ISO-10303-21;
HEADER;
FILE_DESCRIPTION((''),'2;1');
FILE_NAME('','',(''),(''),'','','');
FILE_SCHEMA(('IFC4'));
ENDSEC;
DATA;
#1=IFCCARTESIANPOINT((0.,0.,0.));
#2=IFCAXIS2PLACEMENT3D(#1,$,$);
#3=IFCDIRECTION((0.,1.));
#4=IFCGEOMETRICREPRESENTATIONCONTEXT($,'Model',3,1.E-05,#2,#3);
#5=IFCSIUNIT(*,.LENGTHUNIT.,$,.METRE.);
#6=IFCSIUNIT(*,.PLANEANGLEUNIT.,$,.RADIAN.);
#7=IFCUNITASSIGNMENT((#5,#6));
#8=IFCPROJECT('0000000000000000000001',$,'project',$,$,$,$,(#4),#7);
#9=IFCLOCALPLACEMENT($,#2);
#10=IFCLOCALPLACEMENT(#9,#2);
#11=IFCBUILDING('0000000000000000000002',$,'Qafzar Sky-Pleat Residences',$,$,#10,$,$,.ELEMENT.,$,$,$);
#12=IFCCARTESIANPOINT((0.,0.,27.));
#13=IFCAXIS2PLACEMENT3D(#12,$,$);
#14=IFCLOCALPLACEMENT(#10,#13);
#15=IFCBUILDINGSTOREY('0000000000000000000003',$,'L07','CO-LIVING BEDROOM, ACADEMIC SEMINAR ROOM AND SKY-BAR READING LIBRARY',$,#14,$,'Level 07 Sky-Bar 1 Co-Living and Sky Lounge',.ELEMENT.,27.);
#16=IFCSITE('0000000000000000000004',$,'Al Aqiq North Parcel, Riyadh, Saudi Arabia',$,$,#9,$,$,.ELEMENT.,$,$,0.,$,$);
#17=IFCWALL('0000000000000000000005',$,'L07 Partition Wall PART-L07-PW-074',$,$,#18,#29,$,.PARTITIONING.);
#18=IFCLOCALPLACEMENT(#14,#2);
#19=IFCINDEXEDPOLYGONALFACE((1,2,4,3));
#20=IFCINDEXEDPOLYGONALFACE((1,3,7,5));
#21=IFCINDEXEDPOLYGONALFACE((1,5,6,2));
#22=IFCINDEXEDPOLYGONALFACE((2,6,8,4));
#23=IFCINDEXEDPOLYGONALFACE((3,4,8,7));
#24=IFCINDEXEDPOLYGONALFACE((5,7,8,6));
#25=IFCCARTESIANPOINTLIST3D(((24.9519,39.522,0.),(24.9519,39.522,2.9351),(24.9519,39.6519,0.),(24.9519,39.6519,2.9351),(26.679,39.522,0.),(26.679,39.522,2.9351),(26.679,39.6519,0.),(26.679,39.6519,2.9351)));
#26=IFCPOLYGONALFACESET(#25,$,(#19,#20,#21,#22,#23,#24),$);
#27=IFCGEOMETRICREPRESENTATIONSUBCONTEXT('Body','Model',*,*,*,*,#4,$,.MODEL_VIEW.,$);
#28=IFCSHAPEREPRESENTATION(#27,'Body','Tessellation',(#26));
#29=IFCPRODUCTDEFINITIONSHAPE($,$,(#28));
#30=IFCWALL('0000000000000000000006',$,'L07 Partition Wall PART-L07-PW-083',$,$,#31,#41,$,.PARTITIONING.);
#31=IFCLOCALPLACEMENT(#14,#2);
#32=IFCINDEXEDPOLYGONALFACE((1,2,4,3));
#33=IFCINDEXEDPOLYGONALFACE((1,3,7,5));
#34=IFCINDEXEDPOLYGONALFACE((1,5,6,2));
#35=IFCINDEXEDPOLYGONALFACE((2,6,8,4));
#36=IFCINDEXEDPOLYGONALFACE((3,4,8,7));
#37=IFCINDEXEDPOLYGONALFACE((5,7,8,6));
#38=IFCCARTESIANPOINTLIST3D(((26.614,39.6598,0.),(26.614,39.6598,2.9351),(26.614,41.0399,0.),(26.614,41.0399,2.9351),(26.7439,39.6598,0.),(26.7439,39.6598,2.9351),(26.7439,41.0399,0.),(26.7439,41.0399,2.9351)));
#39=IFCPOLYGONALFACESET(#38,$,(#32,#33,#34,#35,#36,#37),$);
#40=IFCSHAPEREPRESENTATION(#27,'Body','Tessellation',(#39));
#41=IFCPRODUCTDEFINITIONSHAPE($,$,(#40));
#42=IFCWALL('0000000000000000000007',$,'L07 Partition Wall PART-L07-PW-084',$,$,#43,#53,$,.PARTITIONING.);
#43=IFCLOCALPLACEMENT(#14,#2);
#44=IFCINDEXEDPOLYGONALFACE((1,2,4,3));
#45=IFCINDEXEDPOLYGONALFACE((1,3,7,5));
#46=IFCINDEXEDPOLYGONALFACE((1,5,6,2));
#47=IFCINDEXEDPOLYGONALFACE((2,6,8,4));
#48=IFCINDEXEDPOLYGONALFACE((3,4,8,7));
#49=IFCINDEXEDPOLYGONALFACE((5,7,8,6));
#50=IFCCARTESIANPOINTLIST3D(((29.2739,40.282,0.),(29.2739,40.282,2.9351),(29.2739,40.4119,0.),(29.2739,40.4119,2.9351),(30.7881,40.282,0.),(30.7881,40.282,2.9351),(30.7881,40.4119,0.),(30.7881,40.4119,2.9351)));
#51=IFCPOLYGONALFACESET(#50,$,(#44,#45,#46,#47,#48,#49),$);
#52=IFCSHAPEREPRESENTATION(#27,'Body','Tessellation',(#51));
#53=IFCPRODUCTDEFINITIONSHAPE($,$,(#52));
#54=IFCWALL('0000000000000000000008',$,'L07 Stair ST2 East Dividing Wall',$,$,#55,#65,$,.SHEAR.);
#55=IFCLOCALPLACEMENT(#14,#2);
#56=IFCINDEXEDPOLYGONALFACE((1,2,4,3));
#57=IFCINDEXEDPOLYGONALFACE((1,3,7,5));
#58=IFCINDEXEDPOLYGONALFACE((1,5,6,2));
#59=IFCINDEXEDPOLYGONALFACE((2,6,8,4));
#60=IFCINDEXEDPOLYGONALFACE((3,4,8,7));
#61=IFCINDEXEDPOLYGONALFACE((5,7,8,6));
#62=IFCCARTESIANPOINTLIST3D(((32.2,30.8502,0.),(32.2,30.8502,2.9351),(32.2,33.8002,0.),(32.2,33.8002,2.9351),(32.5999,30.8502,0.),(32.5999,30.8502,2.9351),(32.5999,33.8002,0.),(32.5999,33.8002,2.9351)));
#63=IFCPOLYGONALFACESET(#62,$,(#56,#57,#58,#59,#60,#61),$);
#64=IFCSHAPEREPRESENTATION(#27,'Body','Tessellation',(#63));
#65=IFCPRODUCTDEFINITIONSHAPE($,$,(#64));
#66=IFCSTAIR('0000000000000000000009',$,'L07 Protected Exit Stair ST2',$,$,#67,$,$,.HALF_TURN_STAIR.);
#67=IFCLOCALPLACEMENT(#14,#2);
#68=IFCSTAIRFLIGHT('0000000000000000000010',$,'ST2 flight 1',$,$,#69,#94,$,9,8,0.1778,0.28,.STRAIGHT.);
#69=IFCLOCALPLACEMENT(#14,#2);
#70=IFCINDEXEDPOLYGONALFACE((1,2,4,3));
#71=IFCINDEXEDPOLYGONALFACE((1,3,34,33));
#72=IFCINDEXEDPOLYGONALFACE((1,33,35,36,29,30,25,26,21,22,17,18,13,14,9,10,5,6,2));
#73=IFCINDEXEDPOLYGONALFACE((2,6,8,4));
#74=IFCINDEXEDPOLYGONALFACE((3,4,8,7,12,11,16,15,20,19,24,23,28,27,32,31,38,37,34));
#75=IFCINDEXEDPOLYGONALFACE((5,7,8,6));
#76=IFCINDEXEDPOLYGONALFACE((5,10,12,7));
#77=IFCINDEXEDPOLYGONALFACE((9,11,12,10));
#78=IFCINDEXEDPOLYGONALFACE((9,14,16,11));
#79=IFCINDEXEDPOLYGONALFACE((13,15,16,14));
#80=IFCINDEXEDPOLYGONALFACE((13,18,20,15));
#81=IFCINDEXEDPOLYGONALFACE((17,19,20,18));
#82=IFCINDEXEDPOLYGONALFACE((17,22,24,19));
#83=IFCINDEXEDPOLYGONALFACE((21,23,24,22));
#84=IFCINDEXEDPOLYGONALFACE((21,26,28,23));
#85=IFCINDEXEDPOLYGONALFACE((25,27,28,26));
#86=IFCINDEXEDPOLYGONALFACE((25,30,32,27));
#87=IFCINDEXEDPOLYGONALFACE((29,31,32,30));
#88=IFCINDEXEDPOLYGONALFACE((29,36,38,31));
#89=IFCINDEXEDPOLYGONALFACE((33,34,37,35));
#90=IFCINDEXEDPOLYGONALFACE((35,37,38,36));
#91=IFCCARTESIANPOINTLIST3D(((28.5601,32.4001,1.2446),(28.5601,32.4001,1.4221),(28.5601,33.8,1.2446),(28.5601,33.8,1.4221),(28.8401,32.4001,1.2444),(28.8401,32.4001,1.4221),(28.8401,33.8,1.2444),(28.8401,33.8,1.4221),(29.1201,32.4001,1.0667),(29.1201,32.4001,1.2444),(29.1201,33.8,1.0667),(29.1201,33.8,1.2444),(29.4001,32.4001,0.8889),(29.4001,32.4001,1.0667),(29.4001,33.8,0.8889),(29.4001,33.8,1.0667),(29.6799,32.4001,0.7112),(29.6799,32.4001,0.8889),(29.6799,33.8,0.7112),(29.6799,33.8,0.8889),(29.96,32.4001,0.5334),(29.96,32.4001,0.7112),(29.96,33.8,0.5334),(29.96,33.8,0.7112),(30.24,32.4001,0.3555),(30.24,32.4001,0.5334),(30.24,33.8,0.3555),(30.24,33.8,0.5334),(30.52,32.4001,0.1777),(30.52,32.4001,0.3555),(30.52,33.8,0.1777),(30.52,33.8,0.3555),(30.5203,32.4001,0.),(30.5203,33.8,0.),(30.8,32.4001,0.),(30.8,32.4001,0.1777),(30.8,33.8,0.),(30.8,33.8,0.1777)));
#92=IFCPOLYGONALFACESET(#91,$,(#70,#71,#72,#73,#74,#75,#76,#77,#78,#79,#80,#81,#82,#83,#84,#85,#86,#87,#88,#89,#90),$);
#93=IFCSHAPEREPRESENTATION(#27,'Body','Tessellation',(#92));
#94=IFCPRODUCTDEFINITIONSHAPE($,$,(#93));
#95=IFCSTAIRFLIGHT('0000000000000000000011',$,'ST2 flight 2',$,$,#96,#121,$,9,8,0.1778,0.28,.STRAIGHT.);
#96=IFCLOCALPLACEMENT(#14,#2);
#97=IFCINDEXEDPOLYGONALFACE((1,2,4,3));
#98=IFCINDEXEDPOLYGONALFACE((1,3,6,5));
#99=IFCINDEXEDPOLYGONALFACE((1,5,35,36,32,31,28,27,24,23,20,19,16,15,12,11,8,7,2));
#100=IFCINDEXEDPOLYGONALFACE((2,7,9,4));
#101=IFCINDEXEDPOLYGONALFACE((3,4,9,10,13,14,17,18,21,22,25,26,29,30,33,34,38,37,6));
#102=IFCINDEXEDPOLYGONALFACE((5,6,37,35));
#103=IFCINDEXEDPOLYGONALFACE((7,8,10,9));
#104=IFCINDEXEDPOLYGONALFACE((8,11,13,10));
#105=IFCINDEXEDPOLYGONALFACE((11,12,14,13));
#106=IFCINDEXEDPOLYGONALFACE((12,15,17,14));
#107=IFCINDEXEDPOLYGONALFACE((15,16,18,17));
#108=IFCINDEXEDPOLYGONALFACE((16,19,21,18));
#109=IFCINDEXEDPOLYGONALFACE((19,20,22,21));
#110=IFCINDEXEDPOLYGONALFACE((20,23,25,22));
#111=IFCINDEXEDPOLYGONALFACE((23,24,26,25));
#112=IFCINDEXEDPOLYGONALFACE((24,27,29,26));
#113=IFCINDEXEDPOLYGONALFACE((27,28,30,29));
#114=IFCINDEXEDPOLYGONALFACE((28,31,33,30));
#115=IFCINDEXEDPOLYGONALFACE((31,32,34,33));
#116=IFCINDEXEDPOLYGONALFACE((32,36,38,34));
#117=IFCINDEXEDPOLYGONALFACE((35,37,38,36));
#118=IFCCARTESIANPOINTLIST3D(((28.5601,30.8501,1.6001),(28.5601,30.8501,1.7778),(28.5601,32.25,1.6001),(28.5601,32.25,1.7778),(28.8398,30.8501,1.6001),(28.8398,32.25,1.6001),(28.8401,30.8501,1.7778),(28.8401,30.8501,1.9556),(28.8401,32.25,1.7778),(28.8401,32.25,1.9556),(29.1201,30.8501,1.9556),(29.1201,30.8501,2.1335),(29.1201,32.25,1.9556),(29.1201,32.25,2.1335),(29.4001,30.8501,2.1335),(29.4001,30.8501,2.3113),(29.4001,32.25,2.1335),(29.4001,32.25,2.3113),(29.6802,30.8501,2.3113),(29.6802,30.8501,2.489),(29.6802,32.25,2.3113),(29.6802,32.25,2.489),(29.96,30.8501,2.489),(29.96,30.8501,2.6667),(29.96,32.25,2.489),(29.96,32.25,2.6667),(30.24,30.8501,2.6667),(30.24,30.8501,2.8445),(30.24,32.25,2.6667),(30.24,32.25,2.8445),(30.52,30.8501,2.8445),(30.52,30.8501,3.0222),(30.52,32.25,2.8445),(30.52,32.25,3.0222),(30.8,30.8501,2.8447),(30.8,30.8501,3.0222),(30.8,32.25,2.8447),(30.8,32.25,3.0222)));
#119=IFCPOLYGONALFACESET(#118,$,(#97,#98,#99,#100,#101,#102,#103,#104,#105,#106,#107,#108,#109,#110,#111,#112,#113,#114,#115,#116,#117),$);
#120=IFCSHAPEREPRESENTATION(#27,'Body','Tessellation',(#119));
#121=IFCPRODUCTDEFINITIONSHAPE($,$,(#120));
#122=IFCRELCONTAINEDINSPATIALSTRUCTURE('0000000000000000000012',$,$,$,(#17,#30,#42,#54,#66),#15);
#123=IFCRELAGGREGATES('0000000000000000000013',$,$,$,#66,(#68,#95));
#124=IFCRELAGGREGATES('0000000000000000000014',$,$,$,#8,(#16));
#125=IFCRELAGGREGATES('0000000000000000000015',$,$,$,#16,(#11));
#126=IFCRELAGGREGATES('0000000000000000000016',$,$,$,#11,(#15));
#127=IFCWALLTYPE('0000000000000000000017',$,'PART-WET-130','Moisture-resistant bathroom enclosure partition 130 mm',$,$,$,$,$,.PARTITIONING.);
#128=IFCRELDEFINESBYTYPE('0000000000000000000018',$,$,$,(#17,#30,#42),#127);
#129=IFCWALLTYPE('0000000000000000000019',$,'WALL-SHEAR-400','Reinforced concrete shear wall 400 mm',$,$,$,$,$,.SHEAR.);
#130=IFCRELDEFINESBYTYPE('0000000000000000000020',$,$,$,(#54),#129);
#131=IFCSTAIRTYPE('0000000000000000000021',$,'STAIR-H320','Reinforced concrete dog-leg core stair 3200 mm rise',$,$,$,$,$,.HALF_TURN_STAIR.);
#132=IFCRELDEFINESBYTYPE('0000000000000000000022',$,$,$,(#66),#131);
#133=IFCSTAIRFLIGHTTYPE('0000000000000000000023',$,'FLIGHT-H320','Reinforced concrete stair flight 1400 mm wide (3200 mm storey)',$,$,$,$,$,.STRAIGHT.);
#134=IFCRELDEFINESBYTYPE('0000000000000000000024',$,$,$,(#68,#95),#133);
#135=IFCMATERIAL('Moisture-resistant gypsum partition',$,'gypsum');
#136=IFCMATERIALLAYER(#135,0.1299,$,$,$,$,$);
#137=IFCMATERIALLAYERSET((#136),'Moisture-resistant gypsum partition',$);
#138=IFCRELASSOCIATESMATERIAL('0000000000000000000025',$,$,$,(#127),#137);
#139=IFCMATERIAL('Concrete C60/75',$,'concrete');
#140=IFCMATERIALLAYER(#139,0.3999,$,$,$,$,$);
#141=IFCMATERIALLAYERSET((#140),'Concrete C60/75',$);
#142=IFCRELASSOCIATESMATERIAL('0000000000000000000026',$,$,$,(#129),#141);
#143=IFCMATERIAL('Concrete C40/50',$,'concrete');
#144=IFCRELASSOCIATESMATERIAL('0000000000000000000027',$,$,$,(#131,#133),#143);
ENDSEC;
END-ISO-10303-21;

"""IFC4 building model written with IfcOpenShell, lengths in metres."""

from ifc_helpers import new_model, si_unit, direction, frame, frame_2d, origin, place, context, subcontext, project, spatial, polyline, rectangle, outline, extrude, source, transform, mapped, material, layer, layer_set, type_object, element, aggregate, save


model = new_model("IFC4")

# Units and contexts
model_context = context("Model", 3, precision=1e-05, world=origin(), true_north=direction((0.0, 1.0)))
body_context = subcontext(model_context, "Body", "Model", "MODEL_VIEW")
ifc_project = project(units=[si_unit("LENGTHUNIT", "METRE"), si_unit("PLANEANGLEUNIT", "RADIAN")], contexts=[model_context])

# Site, building, storey
site_placement = place(None, origin())
site = spatial("IfcSite", under=ifc_project, at=site_placement, Name="Al Aqiq North Parcel, Riyadh, Saudi Arabia", CompositionType="ELEMENT", RefElevation=0.0)
building_placement = place(site_placement, origin())
building = spatial("IfcBuilding", under=site, at=building_placement, Name="Qafzar Sky-Pleat Residences", CompositionType="ELEMENT")
storey_placement = place(building_placement, frame((0.0, 0.0, 27.0)))
storey = spatial("IfcBuildingStorey", under=building, at=storey_placement, Name="L07", Description="CO-LIVING BEDROOM, ACADEMIC SEMINAR ROOM AND SKY-BAR READING LIBRARY", LongName="Level 07 Sky-Bar 1 Co-Living and Sky Lounge", CompositionType="ELEMENT", Elevation=27.0)

# Walls
ifc_material_1 = material(Name="Moisture-resistant gypsum partition", Category="gypsum")
ifc_layer_1 = layer(ifc_material_1, 0.1299)
ifc_layer_set_1 = layer_set([ifc_layer_1], Name="Moisture-resistant gypsum partition")
wall_type_1 = type_object("IfcWallType", Name="PART-WET-130", Description="Moisture-resistant bathroom enclosure partition 130 mm", PredefinedType="PARTITIONING", material=ifc_layer_set_1)
wall_1_placement = place(storey_placement, frame((24.9519, 39.5869, 0.0), z_axis=(0.0, 0.0, 1.0), x_axis=(1.0, 0.0, 0.0)))
element("IfcWall", 1, at=wall_1_placement, inside=storey, type_object=wall_type_1, Name="L07 Partition Wall PART-L07-PW-074", PredefinedType="PARTITIONING", context=body_context, shape_type="SweptSolid", body=[
    extrude(rectangle(XDim=1.7271, YDim=0.1299, at=frame_2d((0.8635, 0.0))), origin(), (0.0, 0.0, 1.0), 2.9351),
])
wall_2_placement = place(storey_placement, frame((26.679, 39.6599, 0.0), z_axis=(0.0, 0.0, 1.0), x_axis=(0.0, 1.0, 0.0)))
element("IfcWall", 2, at=wall_2_placement, inside=storey, type_object=wall_type_1, Name="L07 Partition Wall PART-L07-PW-083", PredefinedType="PARTITIONING", context=body_context, shape_type="SweptSolid", body=[
    extrude(rectangle(XDim=1.3801, YDim=0.1299, at=frame_2d((0.6899, 0.0))), origin(), (0.0, 0.0, 1.0), 2.9351),
])
wall_3_placement = place(storey_placement, frame((29.2739, 40.3469, 0.0), z_axis=(0.0, 0.0, 1.0), x_axis=(1.0, 0.0, 0.0)))
element("IfcWall", 3, at=wall_3_placement, inside=storey, type_object=wall_type_1, Name="L07 Partition Wall PART-L07-PW-084", PredefinedType="PARTITIONING", context=body_context, shape_type="SweptSolid", body=[
    extrude(rectangle(XDim=1.5142, YDim=0.1299, at=frame_2d((0.7571, 0.0))), origin(), (0.0, 0.0, 1.0), 2.9351),
])
ifc_material_2 = material(Name="Concrete C60/75", Category="concrete")
ifc_layer_2 = layer(ifc_material_2, 0.3999)
ifc_layer_set_2 = layer_set([ifc_layer_2], Name="Concrete C60/75")
wall_type_2 = type_object("IfcWallType", Name="WALL-SHEAR-400", Description="Reinforced concrete shear wall 400 mm", PredefinedType="SHEAR", material=ifc_layer_set_2)
wall_4_placement = place(storey_placement, frame((32.3999, 30.8501, 0.0), z_axis=(0.0, 0.0, 1.0), x_axis=(0.0, 1.0, 0.0)))
element("IfcWall", 4, at=wall_4_placement, inside=storey, type_object=wall_type_2, Name="L07 Stair ST2 East Dividing Wall", PredefinedType="SHEAR", context=body_context, shape_type="SweptSolid", body=[
    extrude(rectangle(XDim=2.95, YDim=0.3999, at=frame_2d((1.4751, 0.0))), origin(), (0.0, 0.0, 1.0), 2.9351),
])

# Stair, stair flights
ifc_material_3 = material(Name="Concrete C40/50", Category="concrete")
stair_type = type_object("IfcStairType", Name="STAIR-H320", Description="Reinforced concrete dog-leg core stair 3200 mm rise", PredefinedType="HALF_TURN_STAIR", material=ifc_material_3)
stair_placement = place(storey_placement, origin())
stair = element("IfcStair", 5, at=stair_placement, inside=storey, type_object=stair_type, Name="L07 Protected Exit Stair ST2", PredefinedType="HALF_TURN_STAIR")
stair_flight_type = type_object("IfcStairFlightType", Name="FLIGHT-H320", Description="Reinforced concrete stair flight 1400 mm wide (3200 mm storey)", PredefinedType="STRAIGHT", material=ifc_material_3)
shared_shape_1 = source(origin(), body_context, "Body", "SweptSolid", [
    extrude(outline(polyline([(0.0, 0.0), (0.0, 0.1777), (0.28, 0.1777), (0.28, 0.3555), (0.5601, 0.3555), (0.5601, 0.5334), (0.8401, 0.5334), (0.8401, 0.7112), (1.1201, 0.7112), (1.1201, 0.8889), (1.3999, 0.8889), (1.3999, 1.0667), (1.6799, 1.0667), (1.6799, 1.2444), (1.96, 1.2444), (1.96, 1.4221), (2.24, 1.4221), (2.24, 1.6001), (2.24, 1.2446), (0.2798, 0.0), (0.0, 0.0)])), frame((0.0, 0.7, 0.0), z_axis=(0.0, -1.0, 0.0), x_axis=(1.0, 0.0, 0.0)), (0.0, 0.0, 1.0), 1.3999),
])
stair_flight_1_placement = place(storey_placement, frame((30.8, 33.1001, 0.0), z_axis=(0.0, 0.0, 1.0), x_axis=(-1.0, 0.0, 0.0)))
stair_flight_1 = element("IfcStairFlight", 6, at=stair_flight_1_placement, type_object=stair_flight_type, Name="ST2 flight 1", NumberOfRisers=9, NumberOfTreads=8, PredefinedType="STRAIGHT", RiserHeight=0.1778, TreadLength=0.28, context=body_context, shape_type="MappedRepresentation", body=[
    mapped(shared_shape_1, transform((0.0, 0.0, 0.0), x_axis=(1.0, 0.0, 0.0), y_axis=(0.0, 1.0, 0.0), z_axis=(0.0, 0.0, 1.0), scale=1.0)),
])
stair_flight_2_placement = place(storey_placement, frame((28.5601, 31.55, 1.6001), z_axis=(0.0, 0.0, 1.0), x_axis=(1.0, 0.0, 0.0)))
stair_flight_2 = element("IfcStairFlight", 7, at=stair_flight_2_placement, type_object=stair_flight_type, Name="ST2 flight 2", NumberOfRisers=9, NumberOfTreads=8, PredefinedType="STRAIGHT", RiserHeight=0.1778, TreadLength=0.28, context=body_context, shape_type="MappedRepresentation", body=[
    mapped(shared_shape_1, transform((0.0, 0.0, 0.0), x_axis=(1.0, 0.0, 0.0), y_axis=(0.0, 1.0, 0.0), z_axis=(0.0, 0.0, 1.0), scale=1.0)),
])
aggregate(stair, [stair_flight_1, stair_flight_2])

save(model, "model.ifc")
